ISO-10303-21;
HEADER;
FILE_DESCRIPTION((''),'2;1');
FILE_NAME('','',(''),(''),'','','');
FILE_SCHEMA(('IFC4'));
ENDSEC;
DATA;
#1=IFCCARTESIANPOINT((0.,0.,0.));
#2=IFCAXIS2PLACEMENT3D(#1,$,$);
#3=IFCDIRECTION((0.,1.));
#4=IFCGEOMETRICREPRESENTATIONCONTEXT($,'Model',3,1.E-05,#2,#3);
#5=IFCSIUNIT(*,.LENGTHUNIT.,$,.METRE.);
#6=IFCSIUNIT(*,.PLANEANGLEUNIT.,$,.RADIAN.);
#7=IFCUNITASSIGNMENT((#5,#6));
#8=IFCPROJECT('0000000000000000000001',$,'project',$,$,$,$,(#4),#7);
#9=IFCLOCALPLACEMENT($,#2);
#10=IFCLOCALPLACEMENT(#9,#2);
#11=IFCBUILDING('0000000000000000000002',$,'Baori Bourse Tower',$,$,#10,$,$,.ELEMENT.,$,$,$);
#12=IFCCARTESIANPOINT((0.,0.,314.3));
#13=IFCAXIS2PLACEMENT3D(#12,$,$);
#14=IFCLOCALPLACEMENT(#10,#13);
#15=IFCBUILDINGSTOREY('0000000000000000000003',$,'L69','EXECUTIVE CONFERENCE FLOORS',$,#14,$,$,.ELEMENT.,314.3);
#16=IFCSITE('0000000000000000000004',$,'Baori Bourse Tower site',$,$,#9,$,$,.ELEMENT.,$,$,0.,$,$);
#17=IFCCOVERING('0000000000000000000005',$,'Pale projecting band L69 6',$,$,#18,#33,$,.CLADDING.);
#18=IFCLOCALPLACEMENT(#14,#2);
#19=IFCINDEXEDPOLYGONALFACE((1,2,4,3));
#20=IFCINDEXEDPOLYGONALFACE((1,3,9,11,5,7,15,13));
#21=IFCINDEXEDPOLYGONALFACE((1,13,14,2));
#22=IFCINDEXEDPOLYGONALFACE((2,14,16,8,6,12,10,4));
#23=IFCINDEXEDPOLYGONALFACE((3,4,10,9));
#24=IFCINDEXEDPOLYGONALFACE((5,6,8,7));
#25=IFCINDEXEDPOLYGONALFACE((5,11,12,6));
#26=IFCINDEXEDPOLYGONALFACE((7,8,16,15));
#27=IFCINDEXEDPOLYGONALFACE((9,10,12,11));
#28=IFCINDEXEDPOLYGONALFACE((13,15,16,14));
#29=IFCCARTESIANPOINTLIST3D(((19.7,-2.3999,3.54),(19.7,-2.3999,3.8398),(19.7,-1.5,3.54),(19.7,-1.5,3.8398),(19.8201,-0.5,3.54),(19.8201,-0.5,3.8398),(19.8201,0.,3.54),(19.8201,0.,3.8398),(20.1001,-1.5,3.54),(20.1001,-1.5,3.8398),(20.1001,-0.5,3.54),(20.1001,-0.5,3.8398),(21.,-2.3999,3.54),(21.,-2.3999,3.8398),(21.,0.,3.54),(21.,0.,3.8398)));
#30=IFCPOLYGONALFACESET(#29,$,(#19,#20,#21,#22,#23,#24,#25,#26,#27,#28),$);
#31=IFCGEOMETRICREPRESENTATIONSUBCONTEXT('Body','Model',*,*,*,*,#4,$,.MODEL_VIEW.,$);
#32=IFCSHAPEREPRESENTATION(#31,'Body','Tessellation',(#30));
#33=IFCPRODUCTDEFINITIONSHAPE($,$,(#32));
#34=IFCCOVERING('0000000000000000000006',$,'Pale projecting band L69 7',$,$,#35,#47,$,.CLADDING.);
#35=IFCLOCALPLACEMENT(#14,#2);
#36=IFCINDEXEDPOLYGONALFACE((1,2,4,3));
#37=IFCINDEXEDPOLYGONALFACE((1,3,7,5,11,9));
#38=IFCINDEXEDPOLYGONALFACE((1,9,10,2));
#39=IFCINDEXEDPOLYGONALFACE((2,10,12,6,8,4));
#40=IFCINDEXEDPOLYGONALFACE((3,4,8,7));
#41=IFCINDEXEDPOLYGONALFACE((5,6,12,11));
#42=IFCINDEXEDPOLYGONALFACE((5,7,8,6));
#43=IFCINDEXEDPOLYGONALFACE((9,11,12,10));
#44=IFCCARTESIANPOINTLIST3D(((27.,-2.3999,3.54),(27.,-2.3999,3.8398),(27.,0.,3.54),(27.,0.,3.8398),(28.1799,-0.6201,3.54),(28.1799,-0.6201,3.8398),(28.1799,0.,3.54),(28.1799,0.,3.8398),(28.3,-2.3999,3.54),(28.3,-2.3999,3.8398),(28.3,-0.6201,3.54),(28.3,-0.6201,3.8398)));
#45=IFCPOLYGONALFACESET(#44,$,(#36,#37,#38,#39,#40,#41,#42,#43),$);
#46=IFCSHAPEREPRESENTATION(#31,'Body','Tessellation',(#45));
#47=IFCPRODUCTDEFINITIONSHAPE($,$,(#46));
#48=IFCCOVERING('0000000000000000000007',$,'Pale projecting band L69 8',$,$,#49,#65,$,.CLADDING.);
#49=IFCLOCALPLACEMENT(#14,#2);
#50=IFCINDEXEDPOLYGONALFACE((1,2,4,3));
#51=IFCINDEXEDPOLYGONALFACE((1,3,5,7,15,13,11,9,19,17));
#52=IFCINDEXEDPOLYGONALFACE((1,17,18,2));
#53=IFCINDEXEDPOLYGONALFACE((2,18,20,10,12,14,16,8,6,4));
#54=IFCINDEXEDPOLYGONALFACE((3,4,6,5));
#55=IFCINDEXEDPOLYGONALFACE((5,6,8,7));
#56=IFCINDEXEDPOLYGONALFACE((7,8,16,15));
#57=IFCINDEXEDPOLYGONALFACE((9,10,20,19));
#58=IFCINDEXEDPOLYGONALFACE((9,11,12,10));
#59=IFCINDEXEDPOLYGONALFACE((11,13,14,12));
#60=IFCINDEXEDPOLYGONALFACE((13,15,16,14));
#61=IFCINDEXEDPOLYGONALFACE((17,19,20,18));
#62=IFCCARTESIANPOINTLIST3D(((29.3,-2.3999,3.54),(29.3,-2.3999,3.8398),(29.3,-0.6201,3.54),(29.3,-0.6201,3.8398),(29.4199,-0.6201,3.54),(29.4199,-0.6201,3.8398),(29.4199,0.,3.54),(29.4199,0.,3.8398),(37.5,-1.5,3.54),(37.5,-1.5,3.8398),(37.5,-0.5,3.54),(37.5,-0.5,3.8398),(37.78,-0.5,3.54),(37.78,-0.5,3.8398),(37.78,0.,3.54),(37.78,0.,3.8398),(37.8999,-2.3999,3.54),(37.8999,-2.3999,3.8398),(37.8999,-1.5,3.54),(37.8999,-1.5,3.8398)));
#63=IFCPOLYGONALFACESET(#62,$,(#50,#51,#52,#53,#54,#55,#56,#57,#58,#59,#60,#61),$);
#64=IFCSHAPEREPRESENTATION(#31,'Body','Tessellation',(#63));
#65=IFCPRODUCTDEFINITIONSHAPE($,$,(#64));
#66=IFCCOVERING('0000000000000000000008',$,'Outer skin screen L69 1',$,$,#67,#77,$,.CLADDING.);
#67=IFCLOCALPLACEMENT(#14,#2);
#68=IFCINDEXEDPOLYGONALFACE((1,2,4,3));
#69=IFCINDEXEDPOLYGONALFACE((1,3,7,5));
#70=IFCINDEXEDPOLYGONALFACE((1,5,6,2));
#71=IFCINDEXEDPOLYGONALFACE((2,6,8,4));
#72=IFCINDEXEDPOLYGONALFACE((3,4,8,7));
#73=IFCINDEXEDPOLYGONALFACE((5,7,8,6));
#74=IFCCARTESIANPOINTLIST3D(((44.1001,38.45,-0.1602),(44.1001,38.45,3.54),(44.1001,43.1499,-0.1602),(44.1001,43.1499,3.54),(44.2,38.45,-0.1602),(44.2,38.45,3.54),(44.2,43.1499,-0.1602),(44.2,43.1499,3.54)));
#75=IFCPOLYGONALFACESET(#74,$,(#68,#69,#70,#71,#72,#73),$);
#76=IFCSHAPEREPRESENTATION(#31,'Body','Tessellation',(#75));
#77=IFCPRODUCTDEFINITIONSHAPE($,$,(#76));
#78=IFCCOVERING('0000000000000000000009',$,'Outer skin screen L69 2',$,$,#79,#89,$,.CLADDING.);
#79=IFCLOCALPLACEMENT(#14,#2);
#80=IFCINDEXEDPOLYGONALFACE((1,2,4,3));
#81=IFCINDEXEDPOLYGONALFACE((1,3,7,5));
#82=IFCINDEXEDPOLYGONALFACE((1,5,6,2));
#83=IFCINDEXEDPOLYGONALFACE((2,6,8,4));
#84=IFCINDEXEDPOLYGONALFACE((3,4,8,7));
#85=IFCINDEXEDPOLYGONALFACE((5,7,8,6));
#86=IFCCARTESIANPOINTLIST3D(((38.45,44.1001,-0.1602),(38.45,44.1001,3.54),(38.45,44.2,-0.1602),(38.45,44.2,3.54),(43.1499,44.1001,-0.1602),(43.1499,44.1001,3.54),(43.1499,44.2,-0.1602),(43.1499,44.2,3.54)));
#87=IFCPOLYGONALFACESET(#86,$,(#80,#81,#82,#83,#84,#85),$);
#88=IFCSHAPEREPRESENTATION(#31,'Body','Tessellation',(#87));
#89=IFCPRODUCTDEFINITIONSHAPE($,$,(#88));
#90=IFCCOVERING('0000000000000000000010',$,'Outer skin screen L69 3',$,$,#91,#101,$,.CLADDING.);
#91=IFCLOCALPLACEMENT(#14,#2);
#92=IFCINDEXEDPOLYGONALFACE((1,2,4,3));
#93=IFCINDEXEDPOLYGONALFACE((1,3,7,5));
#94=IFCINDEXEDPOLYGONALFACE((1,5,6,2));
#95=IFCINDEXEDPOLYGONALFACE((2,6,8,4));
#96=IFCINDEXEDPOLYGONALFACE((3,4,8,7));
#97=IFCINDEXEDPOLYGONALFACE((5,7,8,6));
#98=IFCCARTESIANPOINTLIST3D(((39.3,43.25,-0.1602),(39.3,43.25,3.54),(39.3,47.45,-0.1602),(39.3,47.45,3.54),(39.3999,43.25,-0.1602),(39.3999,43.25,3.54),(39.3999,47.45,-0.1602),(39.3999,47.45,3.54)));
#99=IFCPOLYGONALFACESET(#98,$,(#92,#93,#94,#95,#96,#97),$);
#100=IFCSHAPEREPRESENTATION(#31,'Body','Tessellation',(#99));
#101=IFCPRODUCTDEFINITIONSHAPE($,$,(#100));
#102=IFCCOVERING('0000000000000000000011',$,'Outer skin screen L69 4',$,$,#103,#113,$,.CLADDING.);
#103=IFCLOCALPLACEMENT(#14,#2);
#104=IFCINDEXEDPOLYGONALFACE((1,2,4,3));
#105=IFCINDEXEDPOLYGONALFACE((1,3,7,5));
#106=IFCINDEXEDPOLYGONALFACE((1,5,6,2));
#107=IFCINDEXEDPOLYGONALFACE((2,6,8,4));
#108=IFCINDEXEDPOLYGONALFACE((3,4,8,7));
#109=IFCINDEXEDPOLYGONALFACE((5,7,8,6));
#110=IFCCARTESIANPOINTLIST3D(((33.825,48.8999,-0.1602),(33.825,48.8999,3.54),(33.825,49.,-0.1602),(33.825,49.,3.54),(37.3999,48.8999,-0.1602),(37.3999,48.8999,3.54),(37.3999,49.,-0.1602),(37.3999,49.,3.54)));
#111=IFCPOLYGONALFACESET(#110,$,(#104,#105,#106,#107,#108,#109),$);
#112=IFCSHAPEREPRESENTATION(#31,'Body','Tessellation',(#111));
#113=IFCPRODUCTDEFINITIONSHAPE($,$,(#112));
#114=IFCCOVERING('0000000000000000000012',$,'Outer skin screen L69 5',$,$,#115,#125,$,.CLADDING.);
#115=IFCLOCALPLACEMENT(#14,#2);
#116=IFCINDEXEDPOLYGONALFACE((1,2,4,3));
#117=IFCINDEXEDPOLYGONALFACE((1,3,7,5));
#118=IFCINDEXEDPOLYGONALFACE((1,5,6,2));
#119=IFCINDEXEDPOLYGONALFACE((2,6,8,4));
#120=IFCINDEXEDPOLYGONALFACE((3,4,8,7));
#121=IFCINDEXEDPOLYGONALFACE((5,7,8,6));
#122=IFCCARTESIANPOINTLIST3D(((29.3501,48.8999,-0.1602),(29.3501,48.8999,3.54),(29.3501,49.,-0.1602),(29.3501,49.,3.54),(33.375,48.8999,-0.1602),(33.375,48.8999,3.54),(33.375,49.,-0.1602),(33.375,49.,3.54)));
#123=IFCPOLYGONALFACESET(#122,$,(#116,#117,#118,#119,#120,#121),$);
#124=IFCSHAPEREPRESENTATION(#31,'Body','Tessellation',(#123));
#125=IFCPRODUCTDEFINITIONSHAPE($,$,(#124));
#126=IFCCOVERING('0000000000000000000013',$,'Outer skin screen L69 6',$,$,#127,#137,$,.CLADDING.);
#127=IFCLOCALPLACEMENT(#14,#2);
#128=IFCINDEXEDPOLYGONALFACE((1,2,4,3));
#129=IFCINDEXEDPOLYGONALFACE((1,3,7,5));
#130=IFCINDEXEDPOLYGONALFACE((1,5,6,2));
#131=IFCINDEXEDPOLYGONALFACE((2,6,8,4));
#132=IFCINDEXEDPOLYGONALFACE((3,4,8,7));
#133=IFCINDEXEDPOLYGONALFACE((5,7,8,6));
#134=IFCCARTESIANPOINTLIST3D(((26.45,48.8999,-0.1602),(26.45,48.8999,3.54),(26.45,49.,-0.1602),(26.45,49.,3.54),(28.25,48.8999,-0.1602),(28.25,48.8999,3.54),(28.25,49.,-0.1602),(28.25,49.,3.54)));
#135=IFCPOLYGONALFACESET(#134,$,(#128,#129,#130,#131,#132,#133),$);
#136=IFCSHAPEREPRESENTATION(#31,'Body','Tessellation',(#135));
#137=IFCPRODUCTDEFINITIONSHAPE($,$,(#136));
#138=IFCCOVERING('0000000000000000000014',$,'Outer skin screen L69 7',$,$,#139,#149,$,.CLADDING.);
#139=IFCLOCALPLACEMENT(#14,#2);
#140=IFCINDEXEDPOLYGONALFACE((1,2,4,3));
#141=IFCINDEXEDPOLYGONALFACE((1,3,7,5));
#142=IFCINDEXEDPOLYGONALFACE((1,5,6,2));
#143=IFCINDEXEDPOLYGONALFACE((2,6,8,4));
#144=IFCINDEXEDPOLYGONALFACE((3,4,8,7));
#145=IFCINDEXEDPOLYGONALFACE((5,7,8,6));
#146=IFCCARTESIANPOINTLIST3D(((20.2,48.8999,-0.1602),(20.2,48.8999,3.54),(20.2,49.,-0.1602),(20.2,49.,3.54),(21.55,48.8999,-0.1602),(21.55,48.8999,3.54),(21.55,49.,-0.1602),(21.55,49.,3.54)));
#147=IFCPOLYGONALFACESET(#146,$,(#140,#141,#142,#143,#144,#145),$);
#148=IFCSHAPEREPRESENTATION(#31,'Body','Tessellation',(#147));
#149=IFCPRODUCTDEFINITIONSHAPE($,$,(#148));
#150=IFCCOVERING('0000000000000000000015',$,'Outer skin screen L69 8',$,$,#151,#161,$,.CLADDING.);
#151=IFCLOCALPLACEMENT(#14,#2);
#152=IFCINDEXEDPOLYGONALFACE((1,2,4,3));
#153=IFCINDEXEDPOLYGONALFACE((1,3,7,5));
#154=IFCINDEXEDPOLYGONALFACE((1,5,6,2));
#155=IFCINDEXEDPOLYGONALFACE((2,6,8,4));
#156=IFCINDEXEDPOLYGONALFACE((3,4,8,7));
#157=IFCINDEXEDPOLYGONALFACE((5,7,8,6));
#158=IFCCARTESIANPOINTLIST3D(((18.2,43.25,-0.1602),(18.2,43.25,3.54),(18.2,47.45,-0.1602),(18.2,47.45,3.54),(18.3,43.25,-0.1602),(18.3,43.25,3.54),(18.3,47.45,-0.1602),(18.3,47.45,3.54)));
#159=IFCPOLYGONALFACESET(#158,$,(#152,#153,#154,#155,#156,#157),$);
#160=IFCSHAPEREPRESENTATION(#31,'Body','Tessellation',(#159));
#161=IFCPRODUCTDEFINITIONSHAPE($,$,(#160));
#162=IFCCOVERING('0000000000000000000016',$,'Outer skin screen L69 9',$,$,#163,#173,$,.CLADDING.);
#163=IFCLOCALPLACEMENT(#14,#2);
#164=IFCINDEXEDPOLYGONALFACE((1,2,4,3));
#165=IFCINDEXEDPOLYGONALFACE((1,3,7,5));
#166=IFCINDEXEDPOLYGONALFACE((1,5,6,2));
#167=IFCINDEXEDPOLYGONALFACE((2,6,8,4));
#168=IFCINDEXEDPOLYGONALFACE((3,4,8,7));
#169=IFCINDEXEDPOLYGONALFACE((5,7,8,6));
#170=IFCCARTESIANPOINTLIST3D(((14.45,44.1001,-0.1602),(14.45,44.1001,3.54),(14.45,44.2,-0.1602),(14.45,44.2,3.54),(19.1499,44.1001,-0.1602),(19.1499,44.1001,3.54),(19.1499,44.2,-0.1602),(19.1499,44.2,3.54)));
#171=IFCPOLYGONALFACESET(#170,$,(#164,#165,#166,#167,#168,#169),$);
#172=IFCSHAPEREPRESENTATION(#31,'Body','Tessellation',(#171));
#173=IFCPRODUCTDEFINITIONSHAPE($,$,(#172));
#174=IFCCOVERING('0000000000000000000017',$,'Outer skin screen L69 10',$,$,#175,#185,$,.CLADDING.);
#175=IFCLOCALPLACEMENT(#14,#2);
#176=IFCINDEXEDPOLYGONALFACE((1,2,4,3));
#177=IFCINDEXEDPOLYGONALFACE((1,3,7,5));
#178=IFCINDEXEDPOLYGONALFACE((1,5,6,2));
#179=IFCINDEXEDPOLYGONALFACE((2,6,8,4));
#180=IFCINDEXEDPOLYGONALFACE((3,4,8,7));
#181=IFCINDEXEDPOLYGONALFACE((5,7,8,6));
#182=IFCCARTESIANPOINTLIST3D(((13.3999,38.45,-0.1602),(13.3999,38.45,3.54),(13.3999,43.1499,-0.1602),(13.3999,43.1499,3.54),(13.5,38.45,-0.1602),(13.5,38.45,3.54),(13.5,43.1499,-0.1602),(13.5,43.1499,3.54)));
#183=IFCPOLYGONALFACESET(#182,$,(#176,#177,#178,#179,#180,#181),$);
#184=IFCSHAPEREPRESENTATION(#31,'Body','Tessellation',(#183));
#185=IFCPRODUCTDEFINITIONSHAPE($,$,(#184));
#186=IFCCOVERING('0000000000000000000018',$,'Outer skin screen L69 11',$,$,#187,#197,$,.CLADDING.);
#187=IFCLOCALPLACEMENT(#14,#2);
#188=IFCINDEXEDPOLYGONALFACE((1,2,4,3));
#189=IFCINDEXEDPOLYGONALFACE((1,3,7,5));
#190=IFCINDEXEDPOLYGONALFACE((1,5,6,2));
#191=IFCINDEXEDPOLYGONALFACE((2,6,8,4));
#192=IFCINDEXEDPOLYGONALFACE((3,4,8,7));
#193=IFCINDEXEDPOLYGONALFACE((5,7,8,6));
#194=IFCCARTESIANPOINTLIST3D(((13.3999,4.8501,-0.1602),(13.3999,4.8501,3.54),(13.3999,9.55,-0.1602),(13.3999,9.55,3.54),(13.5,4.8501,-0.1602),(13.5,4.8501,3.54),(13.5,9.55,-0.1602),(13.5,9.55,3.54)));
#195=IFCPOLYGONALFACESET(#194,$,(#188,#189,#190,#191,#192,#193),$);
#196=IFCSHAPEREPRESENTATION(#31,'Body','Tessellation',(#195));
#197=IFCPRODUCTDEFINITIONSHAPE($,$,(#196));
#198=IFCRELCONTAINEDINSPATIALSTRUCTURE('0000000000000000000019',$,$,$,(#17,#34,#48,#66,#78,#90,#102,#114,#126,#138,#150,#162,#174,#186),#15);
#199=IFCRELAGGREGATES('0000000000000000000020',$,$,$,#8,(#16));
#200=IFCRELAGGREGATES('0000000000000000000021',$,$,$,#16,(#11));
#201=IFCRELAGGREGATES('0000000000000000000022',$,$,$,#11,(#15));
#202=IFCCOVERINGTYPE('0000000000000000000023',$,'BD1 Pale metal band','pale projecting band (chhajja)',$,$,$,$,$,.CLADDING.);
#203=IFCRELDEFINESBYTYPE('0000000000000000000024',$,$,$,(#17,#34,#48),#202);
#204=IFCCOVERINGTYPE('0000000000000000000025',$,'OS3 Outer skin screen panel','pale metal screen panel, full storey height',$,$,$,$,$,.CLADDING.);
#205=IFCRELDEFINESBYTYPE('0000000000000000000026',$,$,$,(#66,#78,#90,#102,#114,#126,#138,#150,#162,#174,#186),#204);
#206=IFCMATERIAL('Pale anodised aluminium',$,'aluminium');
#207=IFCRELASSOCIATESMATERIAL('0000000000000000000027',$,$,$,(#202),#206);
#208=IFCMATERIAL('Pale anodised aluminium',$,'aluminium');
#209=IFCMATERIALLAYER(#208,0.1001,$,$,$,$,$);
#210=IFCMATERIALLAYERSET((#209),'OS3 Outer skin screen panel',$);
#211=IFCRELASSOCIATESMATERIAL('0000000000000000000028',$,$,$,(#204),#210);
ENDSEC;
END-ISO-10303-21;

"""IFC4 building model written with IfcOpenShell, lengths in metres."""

from ifc_helpers import new_model, si_unit, direction, frame, origin, place, context, subcontext, project, spatial, polyline, outline, extrude, material, layer, layer_set, type_object, element, save


model = new_model("IFC4")

# Units and contexts
model_context = context("Model", 3, precision=1e-05, world=origin(), true_north=direction((0.0, 1.0)))
body_context = subcontext(model_context, "Body", "Model", "MODEL_VIEW")
ifc_project = project(units=[si_unit("LENGTHUNIT", "METRE"), si_unit("PLANEANGLEUNIT", "RADIAN")], contexts=[model_context])

# Site, building, storey
site_placement = place(None, origin())
site = spatial("IfcSite", under=ifc_project, at=site_placement, Name="Baori Bourse Tower site", CompositionType="ELEMENT", RefElevation=0.0)
building_placement = place(site_placement, origin())
building = spatial("IfcBuilding", under=site, at=building_placement, Name="Baori Bourse Tower", CompositionType="ELEMENT")
storey_placement = place(building_placement, frame((0.0, 0.0, 314.3)))
storey = spatial("IfcBuildingStorey", under=building, at=storey_placement, Name="L69", Description="EXECUTIVE CONFERENCE FLOORS", CompositionType="ELEMENT", Elevation=314.3)

# Coverings
ifc_material_1 = material(Name="Pale anodised aluminium", Category="aluminium")
covering_type_1 = type_object("IfcCoveringType", Name="BD1 Pale metal band", Description="pale projecting band (chhajja)", PredefinedType="CLADDING", material=ifc_material_1)
covering_1_placement = place(storey_placement, frame((0.0, 0.0, 3.54)))
element("IfcCovering", 1, at=covering_1_placement, inside=storey, type_object=covering_type_1, Name="Pale projecting band L69 6", PredefinedType="CLADDING", context=body_context, shape_type="SweptSolid", body=[
    extrude(outline(polyline([(21.0, 0.0), (19.8201, 0.0), (19.8201, -0.5), (20.1001, -0.5), (20.1001, -1.5), (19.7, -1.5), (19.7, -2.3999), (21.0, -2.3999), (21.0, 0.0)])), origin(), (0.0, 0.0, 1.0), 0.2998),
])
covering_2_placement = place(storey_placement, frame((0.0, 0.0, 3.54)))
element("IfcCovering", 2, at=covering_2_placement, inside=storey, type_object=covering_type_1, Name="Pale projecting band L69 7", PredefinedType="CLADDING", context=body_context, shape_type="SweptSolid", body=[
    extrude(outline(polyline([(28.1799, 0.0), (27.0, 0.0), (27.0, -2.3999), (28.3, -2.3999), (28.3, -0.6201), (28.1799, -0.6201), (28.1799, 0.0)])), origin(), (0.0, 0.0, 1.0), 0.2998),
])
covering_3_placement = place(storey_placement, frame((0.0, 0.0, 3.54)))
element("IfcCovering", 3, at=covering_3_placement, inside=storey, type_object=covering_type_1, Name="Pale projecting band L69 8", PredefinedType="CLADDING", context=body_context, shape_type="SweptSolid", body=[
    extrude(outline(polyline([(37.78, 0.0), (29.4199, 0.0), (29.4199, -0.6201), (29.3, -0.6201), (29.3, -2.3999), (37.8999, -2.3999), (37.8999, -1.5), (37.5, -1.5), (37.5, -0.5), (37.78, -0.5), (37.78, 0.0)])), origin(), (0.0, 0.0, 1.0), 0.2998),
])
ifc_material_2 = material(Name="Pale anodised aluminium", Category="aluminium")
ifc_layer_1 = layer(ifc_material_2, 0.1001)
ifc_layer_set_1 = layer_set([ifc_layer_1], Name="OS3 Outer skin screen panel")
covering_type_2 = type_object("IfcCoveringType", Name="OS3 Outer skin screen panel", Description="pale metal screen panel, full storey height", PredefinedType="CLADDING", material=ifc_layer_set_1)
covering_4_placement = place(storey_placement, frame((0.0, 0.0, -0.1602)))
element("IfcCovering", 4, at=covering_4_placement, inside=storey, type_object=covering_type_2, Name="Outer skin screen L69 1", PredefinedType="CLADDING", context=body_context, shape_type="SweptSolid", body=[
    extrude(outline(polyline([(44.1001, 43.1499), (44.1001, 38.45), (44.2, 38.45), (44.2, 43.1499), (44.1001, 43.1499)])), origin(), (0.0, 0.0, 1.0), 3.7002),
])
covering_5_placement = place(storey_placement, frame((0.0, 0.0, -0.1602)))
element("IfcCovering", 5, at=covering_5_placement, inside=storey, type_object=covering_type_2, Name="Outer skin screen L69 2", PredefinedType="CLADDING", context=body_context, shape_type="SweptSolid", body=[
    extrude(outline(polyline([(38.45, 44.1001), (43.1499, 44.1001), (43.1499, 44.2), (38.45, 44.2), (38.45, 44.1001)])), origin(), (0.0, 0.0, 1.0), 3.7002),
])
covering_6_placement = place(storey_placement, frame((0.0, 0.0, -0.1602)))
element("IfcCovering", 6, at=covering_6_placement, inside=storey, type_object=covering_type_2, Name="Outer skin screen L69 3", PredefinedType="CLADDING", context=body_context, shape_type="SweptSolid", body=[
    extrude(outline(polyline([(39.3, 47.45), (39.3, 43.25), (39.3999, 43.25), (39.3999, 47.45), (39.3, 47.45)])), origin(), (0.0, 0.0, 1.0), 3.7002),
])
covering_7_placement = place(storey_placement, frame((0.0, 0.0, -0.1602)))
element("IfcCovering", 7, at=covering_7_placement, inside=storey, type_object=covering_type_2, Name="Outer skin screen L69 4", PredefinedType="CLADDING", context=body_context, shape_type="SweptSolid", body=[
    extrude(outline(polyline([(33.825, 48.8999), (37.3999, 48.8999), (37.3999, 49.0), (33.825, 49.0), (33.825, 48.8999)])), origin(), (0.0, 0.0, 1.0), 3.7002),
])
covering_8_placement = place(storey_placement, frame((0.0, 0.0, -0.1602)))
element("IfcCovering", 8, at=covering_8_placement, inside=storey, type_object=covering_type_2, Name="Outer skin screen L69 5", PredefinedType="CLADDING", context=body_context, shape_type="SweptSolid", body=[
    extrude(outline(polyline([(29.3501, 48.8999), (33.375, 48.8999), (33.375, 49.0), (29.3501, 49.0), (29.3501, 48.8999)])), origin(), (0.0, 0.0, 1.0), 3.7002),
])
covering_9_placement = place(storey_placement, frame((0.0, 0.0, -0.1602)))
element("IfcCovering", 9, at=covering_9_placement, inside=storey, type_object=covering_type_2, Name="Outer skin screen L69 6", PredefinedType="CLADDING", context=body_context, shape_type="SweptSolid", body=[
    extrude(outline(polyline([(26.45, 48.8999), (28.25, 48.8999), (28.25, 49.0), (26.45, 49.0), (26.45, 48.8999)])), origin(), (0.0, 0.0, 1.0), 3.7002),
])
covering_10_placement = place(storey_placement, frame((0.0, 0.0, -0.1602)))
element("IfcCovering", 10, at=covering_10_placement, inside=storey, type_object=covering_type_2, Name="Outer skin screen L69 7", PredefinedType="CLADDING", context=body_context, shape_type="SweptSolid", body=[
    extrude(outline(polyline([(20.2, 48.8999), (21.55, 48.8999), (21.55, 49.0), (20.2, 49.0), (20.2, 48.8999)])), origin(), (0.0, 0.0, 1.0), 3.7002),
])
covering_11_placement = place(storey_placement, frame((0.0, 0.0, -0.1602)))
element("IfcCovering", 11, at=covering_11_placement, inside=storey, type_object=covering_type_2, Name="Outer skin screen L69 8", PredefinedType="CLADDING", context=body_context, shape_type="SweptSolid", body=[
    extrude(outline(polyline([(18.3, 43.25), (18.3, 47.45), (18.2, 47.45), (18.2, 43.25), (18.3, 43.25)])), origin(), (0.0, 0.0, 1.0), 3.7002),
])
covering_12_placement = place(storey_placement, frame((0.0, 0.0, -0.1602)))
element("IfcCovering", 12, at=covering_12_placement, inside=storey, type_object=covering_type_2, Name="Outer skin screen L69 9", PredefinedType="CLADDING", context=body_context, shape_type="SweptSolid", body=[
    extrude(outline(polyline([(14.45, 44.1001), (19.1499, 44.1001), (19.1499, 44.2), (14.45, 44.2), (14.45, 44.1001)])), origin(), (0.0, 0.0, 1.0), 3.7002),
])
covering_13_placement = place(storey_placement, frame((0.0, 0.0, -0.1602)))
element("IfcCovering", 13, at=covering_13_placement, inside=storey, type_object=covering_type_2, Name="Outer skin screen L69 10", PredefinedType="CLADDING", context=body_context, shape_type="SweptSolid", body=[
    extrude(outline(polyline([(13.5, 38.45), (13.5, 43.1499), (13.3999, 43.1499), (13.3999, 38.45), (13.5, 38.45)])), origin(), (0.0, 0.0, 1.0), 3.7002),
])
covering_14_placement = place(storey_placement, frame((0.0, 0.0, -0.1602)))
element("IfcCovering", 14, at=covering_14_placement, inside=storey, type_object=covering_type_2, Name="Outer skin screen L69 11", PredefinedType="CLADDING", context=body_context, shape_type="SweptSolid", body=[
    extrude(outline(polyline([(13.5, 4.8501), (13.5, 9.55), (13.3999, 9.55), (13.3999, 4.8501), (13.5, 4.8501)])), origin(), (0.0, 0.0, 1.0), 3.7002),
])

save(model, "model.ifc")
